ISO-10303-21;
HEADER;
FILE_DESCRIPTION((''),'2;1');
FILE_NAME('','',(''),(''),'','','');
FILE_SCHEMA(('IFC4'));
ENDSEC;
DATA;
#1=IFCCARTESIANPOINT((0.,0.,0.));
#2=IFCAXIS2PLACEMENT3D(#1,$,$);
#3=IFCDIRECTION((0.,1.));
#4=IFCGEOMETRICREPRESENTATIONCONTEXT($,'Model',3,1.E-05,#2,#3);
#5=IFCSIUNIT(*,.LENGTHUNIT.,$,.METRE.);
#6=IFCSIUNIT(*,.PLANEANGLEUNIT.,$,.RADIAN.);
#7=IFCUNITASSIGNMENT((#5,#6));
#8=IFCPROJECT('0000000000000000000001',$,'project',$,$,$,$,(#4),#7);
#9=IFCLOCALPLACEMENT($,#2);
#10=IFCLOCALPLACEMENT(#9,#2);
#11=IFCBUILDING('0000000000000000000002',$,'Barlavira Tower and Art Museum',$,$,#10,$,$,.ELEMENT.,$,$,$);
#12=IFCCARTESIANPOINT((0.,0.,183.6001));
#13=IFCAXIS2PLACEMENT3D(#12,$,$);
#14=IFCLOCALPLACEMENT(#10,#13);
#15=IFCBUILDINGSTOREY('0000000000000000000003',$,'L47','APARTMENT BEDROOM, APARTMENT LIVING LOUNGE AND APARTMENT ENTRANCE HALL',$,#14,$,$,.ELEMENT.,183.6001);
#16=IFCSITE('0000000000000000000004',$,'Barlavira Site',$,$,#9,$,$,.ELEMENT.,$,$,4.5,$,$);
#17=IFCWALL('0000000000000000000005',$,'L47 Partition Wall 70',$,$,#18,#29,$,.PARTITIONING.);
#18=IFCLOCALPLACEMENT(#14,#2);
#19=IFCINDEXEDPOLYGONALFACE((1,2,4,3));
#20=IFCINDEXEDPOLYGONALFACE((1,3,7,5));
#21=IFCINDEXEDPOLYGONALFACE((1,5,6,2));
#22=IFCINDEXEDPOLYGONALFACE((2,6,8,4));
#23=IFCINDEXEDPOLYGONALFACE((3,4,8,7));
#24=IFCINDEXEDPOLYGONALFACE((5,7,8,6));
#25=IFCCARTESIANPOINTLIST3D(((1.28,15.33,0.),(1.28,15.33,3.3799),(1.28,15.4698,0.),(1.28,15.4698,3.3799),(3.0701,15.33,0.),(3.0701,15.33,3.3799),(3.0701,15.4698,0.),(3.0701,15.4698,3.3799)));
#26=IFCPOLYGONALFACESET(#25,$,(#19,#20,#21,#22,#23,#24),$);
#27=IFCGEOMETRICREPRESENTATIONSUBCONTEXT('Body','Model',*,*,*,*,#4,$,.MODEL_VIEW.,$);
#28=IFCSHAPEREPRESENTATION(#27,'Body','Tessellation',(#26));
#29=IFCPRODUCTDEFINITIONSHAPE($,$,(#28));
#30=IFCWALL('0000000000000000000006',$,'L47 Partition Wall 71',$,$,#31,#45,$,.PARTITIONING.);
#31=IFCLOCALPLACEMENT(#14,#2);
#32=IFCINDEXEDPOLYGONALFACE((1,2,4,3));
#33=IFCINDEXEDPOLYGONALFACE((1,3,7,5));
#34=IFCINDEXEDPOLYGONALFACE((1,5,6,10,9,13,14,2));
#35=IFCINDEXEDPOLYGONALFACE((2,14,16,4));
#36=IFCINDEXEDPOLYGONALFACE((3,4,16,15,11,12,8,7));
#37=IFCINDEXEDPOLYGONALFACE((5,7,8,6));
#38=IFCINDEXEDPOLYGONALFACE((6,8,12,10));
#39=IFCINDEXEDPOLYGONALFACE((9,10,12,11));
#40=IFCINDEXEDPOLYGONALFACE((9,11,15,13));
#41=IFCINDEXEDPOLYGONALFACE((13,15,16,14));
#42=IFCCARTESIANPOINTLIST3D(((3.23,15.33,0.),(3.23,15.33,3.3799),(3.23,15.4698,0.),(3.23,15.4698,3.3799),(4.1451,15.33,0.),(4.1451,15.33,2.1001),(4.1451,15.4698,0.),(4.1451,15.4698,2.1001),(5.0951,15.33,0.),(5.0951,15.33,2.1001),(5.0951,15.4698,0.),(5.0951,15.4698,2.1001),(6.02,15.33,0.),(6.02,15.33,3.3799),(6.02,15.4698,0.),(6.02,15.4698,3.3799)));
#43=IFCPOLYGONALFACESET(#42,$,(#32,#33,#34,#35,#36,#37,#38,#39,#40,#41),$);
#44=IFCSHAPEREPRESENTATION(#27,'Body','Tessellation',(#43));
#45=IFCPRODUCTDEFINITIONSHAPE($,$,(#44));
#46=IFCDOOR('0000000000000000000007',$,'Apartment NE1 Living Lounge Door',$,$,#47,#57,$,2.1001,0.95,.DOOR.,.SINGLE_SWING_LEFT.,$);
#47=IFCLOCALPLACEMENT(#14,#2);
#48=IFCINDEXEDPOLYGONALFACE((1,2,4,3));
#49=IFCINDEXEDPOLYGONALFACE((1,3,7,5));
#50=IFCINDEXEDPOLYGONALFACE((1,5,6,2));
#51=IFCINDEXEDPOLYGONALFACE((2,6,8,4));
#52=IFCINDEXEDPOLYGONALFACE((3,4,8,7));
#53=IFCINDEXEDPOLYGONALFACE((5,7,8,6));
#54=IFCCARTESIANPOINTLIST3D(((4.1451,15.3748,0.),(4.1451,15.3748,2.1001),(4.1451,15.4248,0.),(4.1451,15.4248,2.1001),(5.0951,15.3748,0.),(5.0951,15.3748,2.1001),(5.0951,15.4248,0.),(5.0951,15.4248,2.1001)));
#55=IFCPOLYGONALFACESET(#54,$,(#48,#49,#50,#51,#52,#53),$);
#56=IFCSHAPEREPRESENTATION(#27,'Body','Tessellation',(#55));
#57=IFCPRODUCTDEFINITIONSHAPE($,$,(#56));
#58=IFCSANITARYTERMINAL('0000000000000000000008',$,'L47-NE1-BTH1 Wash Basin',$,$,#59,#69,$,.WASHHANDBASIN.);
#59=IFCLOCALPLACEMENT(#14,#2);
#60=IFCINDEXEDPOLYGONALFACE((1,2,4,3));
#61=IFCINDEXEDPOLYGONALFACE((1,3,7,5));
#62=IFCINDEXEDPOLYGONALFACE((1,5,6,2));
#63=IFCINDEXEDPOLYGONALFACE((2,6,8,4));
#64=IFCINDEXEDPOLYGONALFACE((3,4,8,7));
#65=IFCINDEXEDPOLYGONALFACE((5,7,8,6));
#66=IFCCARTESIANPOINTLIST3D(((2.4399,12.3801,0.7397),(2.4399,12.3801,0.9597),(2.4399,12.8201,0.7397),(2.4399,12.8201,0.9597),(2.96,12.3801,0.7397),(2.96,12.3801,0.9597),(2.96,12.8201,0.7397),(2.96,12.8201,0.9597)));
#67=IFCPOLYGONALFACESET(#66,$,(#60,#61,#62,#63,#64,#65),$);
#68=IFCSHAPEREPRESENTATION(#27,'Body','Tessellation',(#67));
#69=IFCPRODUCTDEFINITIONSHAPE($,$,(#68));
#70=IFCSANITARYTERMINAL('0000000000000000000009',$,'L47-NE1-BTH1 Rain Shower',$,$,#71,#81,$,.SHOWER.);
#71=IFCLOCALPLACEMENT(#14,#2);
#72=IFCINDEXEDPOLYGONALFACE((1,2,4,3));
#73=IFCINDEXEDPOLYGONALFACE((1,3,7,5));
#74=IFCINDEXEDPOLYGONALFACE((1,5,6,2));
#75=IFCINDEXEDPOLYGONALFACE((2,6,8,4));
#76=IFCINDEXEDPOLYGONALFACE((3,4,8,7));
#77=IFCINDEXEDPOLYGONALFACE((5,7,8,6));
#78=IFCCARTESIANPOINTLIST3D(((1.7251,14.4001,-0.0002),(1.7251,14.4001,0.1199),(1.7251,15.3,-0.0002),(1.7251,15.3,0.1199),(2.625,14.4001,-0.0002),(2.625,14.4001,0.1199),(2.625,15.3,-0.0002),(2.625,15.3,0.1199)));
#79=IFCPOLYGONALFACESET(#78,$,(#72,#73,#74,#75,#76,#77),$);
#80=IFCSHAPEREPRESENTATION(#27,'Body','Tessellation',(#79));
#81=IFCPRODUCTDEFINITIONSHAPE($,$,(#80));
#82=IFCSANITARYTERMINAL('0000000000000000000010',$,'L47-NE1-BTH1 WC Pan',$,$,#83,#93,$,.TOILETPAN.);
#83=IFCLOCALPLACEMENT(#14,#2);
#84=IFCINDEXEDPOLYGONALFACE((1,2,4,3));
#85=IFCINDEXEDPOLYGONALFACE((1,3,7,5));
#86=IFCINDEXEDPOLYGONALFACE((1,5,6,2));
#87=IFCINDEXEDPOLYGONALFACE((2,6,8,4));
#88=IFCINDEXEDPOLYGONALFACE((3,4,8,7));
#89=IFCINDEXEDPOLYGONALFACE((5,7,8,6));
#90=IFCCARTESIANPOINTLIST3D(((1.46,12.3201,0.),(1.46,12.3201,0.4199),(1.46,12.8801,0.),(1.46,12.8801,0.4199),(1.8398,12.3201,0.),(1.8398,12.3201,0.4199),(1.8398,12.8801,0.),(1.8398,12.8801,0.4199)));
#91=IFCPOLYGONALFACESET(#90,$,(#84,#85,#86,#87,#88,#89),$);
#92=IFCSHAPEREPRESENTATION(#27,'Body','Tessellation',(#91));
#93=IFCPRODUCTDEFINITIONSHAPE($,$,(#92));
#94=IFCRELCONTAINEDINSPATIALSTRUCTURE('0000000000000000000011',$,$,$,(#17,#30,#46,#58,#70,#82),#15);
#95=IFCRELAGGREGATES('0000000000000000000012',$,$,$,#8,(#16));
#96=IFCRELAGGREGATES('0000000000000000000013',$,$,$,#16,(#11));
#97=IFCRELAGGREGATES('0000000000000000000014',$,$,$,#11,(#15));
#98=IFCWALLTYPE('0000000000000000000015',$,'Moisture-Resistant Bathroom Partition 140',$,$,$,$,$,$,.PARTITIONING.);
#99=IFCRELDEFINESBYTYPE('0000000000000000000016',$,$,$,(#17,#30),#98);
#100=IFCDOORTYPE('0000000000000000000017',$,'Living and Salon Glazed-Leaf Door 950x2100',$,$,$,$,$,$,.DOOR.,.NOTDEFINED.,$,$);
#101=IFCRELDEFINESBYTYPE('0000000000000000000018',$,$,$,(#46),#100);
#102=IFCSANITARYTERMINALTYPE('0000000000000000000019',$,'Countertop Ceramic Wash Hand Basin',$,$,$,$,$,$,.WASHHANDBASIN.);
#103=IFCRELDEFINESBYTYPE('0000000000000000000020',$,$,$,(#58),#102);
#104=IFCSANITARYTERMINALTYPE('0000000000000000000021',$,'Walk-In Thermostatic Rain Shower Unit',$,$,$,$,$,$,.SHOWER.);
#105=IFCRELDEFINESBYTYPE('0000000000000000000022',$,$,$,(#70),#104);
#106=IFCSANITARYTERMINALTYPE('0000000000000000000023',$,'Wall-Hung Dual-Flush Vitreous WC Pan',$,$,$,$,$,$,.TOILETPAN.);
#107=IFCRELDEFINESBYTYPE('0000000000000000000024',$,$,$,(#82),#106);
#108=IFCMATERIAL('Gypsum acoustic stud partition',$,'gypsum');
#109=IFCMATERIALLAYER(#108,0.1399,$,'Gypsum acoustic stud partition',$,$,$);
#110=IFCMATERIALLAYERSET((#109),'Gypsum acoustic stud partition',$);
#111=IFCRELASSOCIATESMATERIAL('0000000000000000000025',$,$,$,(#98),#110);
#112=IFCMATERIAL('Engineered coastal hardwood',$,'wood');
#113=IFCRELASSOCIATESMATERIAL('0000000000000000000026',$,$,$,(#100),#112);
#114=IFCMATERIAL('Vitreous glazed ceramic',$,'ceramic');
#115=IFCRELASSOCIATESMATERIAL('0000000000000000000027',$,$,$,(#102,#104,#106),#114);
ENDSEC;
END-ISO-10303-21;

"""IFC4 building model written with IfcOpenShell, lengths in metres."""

from ifc_helpers import new_model, si_unit, direction, frame, frame_2d, origin, origin_2d, place, context, subcontext, project, spatial, rectangle, extrude, material, layer, layer_set, type_object, element, fill, save


model = new_model("IFC4")

# Units and contexts
model_context = context("Model", 3, precision=1e-05, world=origin(), true_north=direction((0.0, 1.0)))
body_context = subcontext(model_context, "Body", "Model", "MODEL_VIEW")
ifc_project = project(units=[si_unit("LENGTHUNIT", "METRE"), si_unit("PLANEANGLEUNIT", "RADIAN")], contexts=[model_context])

# Site, building, storey
site_placement = place(None, origin())
site = spatial("IfcSite", under=ifc_project, at=site_placement, Name="Barlavira Site", CompositionType="ELEMENT", RefElevation=4.5)
building_placement = place(site_placement, origin())
building = spatial("IfcBuilding", under=site, at=building_placement, Name="Barlavira Tower and Art Museum", CompositionType="ELEMENT")
storey_placement = place(building_placement, frame((0.0, 0.0, 183.6001)))
storey = spatial("IfcBuildingStorey", under=building, at=storey_placement, Name="L47", Description="APARTMENT BEDROOM, APARTMENT LIVING LOUNGE AND APARTMENT ENTRANCE HALL", CompositionType="ELEMENT", Elevation=183.6001)

# Shared definitions
ifc_material_1 = material(Name="Gypsum acoustic stud partition", Category="gypsum")

# Wall
ifc_layer_1 = layer(ifc_material_1, 0.1399, Name="Gypsum acoustic stud partition")
ifc_layer_set_1 = layer_set([ifc_layer_1], Name="Gypsum acoustic stud partition")
wall_type_1 = type_object("IfcWallType", Name="Moisture-Resistant Bathroom Partition 140", PredefinedType="PARTITIONING", material=ifc_layer_set_1)
wall_1_placement = place(storey_placement, frame((1.28, 15.3999, 0.0), z_axis=(0.0, 0.0, 1.0), x_axis=(1.0, 0.0, 0.0)))
element("IfcWall", 1, at=wall_1_placement, inside=storey, type_object=wall_type_1, Name="L47 Partition Wall 70", PredefinedType="PARTITIONING", context=body_context, shape_type="SweptSolid", body=[
    extrude(rectangle(XDim=1.79, YDim=0.1399, at=frame_2d((0.895, 0.0))), origin(), (0.0, 0.0, 1.0), 3.3799),
])

# Wall, opening, door
wall_2_placement = place(storey_placement, frame((3.23, 15.3999, 0.0), z_axis=(0.0, 0.0, 1.0), x_axis=(1.0, 0.0, 0.0)))
wall_2 = element("IfcWall", 2, at=wall_2_placement, inside=storey, type_object=wall_type_1, Name="L47 Partition Wall 71", PredefinedType="PARTITIONING", context=body_context, shape_type="SweptSolid", body=[
    extrude(rectangle(XDim=2.79, YDim=0.1399, at=frame_2d((1.395, 0.0))), origin(), (0.0, 0.0, 1.0), 3.3799),
])
opening_1_placement = place(wall_2_placement, frame((0.915, 0.0, 0.0)))
opening_1 = element("IfcOpeningElement", 3, at=opening_1_placement, cuts=wall_2, PredefinedType="OPENING", context=body_context, shape_type="SweptSolid", body=[
    extrude(rectangle(XDim=0.95, YDim=2.1001, at=frame_2d((0.4751, 1.05))), frame((0.0, 0.0801, 0.0), z_axis=(0.0, -1.0, 0.0), x_axis=(1.0, 0.0, 0.0)), (0.0, 0.0, 1.0), 0.1599),
])
ifc_material_2 = material(Name="Engineered coastal hardwood", Category="wood")
door_type_1 = type_object("IfcDoorType", Name="Living and Salon Glazed-Leaf Door 950x2100", OperationType="NOTDEFINED", PredefinedType="DOOR", material=ifc_material_2)
door_1_placement = place(opening_1_placement, origin())
door_1 = element("IfcDoor", 4, at=door_1_placement, inside=storey, type_object=door_type_1, Name="Apartment NE1 Living Lounge Door", OperationType="SINGLE_SWING_LEFT", OverallHeight=2.1001, OverallWidth=0.95, PredefinedType="DOOR", context=body_context, shape_type="SweptSolid", body=[
    extrude(rectangle(XDim=0.95, YDim=2.1001, at=frame_2d((0.4751, 1.05))), frame((0.0, 0.0249, 0.0), z_axis=(0.0, -1.0, 0.0), x_axis=(1.0, 0.0, 0.0)), (0.0, 0.0, 1.0), 0.05),
])
fill(opening_1, door_1)

# Sanitary terminals
ifc_material_3 = material(Name="Vitreous glazed ceramic", Category="ceramic")
sanitary_terminal_type_1 = type_object("IfcSanitaryTerminalType", Name="Countertop Ceramic Wash Hand Basin", PredefinedType="WASHHANDBASIN", material=ifc_material_3)
sanitary_terminal_1_placement = place(storey_placement, frame((2.7, 12.6001, 0.7397), z_axis=(0.0, 0.0, 1.0), x_axis=(1.0, 0.0, 0.0)))
element("IfcSanitaryTerminal", 5, at=sanitary_terminal_1_placement, inside=storey, type_object=sanitary_terminal_type_1, Name="L47-NE1-BTH1 Wash Basin", PredefinedType="WASHHANDBASIN", context=body_context, shape_type="SweptSolid", body=[
    extrude(rectangle(XDim=0.52, YDim=0.4399, at=origin_2d()), origin(), (0.0, 0.0, 1.0), 0.22),
])
sanitary_terminal_type_2 = type_object("IfcSanitaryTerminalType", Name="Walk-In Thermostatic Rain Shower Unit", PredefinedType="SHOWER", material=ifc_material_3)
sanitary_terminal_2_placement = place(storey_placement, frame((2.175, 14.8501, -0.0002), z_axis=(0.0, 0.0, 1.0), x_axis=(1.0, 0.0, 0.0)))
element("IfcSanitaryTerminal", 6, at=sanitary_terminal_2_placement, inside=storey, type_object=sanitary_terminal_type_2, Name="L47-NE1-BTH1 Rain Shower", PredefinedType="SHOWER", context=body_context, shape_type="SweptSolid", body=[
    extrude(rectangle(XDim=0.8999, YDim=0.8999, at=origin_2d()), origin(), (0.0, 0.0, 1.0), 0.1201),
])
sanitary_terminal_type_3 = type_object("IfcSanitaryTerminalType", Name="Wall-Hung Dual-Flush Vitreous WC Pan", PredefinedType="TOILETPAN", material=ifc_material_3)
sanitary_terminal_3_placement = place(storey_placement, frame((1.6499, 12.6001, 0.0), z_axis=(0.0, 0.0, 1.0), x_axis=(1.0, 0.0, 0.0)))
element("IfcSanitaryTerminal", 7, at=sanitary_terminal_3_placement, inside=storey, type_object=sanitary_terminal_type_3, Name="L47-NE1-BTH1 WC Pan", PredefinedType="TOILETPAN", context=body_context, shape_type="SweptSolid", body=[
    extrude(rectangle(XDim=0.3799, YDim=0.5601, at=origin_2d()), origin(), (0.0, 0.0, 1.0), 0.4199),
])

save(model, "model.ifc")
